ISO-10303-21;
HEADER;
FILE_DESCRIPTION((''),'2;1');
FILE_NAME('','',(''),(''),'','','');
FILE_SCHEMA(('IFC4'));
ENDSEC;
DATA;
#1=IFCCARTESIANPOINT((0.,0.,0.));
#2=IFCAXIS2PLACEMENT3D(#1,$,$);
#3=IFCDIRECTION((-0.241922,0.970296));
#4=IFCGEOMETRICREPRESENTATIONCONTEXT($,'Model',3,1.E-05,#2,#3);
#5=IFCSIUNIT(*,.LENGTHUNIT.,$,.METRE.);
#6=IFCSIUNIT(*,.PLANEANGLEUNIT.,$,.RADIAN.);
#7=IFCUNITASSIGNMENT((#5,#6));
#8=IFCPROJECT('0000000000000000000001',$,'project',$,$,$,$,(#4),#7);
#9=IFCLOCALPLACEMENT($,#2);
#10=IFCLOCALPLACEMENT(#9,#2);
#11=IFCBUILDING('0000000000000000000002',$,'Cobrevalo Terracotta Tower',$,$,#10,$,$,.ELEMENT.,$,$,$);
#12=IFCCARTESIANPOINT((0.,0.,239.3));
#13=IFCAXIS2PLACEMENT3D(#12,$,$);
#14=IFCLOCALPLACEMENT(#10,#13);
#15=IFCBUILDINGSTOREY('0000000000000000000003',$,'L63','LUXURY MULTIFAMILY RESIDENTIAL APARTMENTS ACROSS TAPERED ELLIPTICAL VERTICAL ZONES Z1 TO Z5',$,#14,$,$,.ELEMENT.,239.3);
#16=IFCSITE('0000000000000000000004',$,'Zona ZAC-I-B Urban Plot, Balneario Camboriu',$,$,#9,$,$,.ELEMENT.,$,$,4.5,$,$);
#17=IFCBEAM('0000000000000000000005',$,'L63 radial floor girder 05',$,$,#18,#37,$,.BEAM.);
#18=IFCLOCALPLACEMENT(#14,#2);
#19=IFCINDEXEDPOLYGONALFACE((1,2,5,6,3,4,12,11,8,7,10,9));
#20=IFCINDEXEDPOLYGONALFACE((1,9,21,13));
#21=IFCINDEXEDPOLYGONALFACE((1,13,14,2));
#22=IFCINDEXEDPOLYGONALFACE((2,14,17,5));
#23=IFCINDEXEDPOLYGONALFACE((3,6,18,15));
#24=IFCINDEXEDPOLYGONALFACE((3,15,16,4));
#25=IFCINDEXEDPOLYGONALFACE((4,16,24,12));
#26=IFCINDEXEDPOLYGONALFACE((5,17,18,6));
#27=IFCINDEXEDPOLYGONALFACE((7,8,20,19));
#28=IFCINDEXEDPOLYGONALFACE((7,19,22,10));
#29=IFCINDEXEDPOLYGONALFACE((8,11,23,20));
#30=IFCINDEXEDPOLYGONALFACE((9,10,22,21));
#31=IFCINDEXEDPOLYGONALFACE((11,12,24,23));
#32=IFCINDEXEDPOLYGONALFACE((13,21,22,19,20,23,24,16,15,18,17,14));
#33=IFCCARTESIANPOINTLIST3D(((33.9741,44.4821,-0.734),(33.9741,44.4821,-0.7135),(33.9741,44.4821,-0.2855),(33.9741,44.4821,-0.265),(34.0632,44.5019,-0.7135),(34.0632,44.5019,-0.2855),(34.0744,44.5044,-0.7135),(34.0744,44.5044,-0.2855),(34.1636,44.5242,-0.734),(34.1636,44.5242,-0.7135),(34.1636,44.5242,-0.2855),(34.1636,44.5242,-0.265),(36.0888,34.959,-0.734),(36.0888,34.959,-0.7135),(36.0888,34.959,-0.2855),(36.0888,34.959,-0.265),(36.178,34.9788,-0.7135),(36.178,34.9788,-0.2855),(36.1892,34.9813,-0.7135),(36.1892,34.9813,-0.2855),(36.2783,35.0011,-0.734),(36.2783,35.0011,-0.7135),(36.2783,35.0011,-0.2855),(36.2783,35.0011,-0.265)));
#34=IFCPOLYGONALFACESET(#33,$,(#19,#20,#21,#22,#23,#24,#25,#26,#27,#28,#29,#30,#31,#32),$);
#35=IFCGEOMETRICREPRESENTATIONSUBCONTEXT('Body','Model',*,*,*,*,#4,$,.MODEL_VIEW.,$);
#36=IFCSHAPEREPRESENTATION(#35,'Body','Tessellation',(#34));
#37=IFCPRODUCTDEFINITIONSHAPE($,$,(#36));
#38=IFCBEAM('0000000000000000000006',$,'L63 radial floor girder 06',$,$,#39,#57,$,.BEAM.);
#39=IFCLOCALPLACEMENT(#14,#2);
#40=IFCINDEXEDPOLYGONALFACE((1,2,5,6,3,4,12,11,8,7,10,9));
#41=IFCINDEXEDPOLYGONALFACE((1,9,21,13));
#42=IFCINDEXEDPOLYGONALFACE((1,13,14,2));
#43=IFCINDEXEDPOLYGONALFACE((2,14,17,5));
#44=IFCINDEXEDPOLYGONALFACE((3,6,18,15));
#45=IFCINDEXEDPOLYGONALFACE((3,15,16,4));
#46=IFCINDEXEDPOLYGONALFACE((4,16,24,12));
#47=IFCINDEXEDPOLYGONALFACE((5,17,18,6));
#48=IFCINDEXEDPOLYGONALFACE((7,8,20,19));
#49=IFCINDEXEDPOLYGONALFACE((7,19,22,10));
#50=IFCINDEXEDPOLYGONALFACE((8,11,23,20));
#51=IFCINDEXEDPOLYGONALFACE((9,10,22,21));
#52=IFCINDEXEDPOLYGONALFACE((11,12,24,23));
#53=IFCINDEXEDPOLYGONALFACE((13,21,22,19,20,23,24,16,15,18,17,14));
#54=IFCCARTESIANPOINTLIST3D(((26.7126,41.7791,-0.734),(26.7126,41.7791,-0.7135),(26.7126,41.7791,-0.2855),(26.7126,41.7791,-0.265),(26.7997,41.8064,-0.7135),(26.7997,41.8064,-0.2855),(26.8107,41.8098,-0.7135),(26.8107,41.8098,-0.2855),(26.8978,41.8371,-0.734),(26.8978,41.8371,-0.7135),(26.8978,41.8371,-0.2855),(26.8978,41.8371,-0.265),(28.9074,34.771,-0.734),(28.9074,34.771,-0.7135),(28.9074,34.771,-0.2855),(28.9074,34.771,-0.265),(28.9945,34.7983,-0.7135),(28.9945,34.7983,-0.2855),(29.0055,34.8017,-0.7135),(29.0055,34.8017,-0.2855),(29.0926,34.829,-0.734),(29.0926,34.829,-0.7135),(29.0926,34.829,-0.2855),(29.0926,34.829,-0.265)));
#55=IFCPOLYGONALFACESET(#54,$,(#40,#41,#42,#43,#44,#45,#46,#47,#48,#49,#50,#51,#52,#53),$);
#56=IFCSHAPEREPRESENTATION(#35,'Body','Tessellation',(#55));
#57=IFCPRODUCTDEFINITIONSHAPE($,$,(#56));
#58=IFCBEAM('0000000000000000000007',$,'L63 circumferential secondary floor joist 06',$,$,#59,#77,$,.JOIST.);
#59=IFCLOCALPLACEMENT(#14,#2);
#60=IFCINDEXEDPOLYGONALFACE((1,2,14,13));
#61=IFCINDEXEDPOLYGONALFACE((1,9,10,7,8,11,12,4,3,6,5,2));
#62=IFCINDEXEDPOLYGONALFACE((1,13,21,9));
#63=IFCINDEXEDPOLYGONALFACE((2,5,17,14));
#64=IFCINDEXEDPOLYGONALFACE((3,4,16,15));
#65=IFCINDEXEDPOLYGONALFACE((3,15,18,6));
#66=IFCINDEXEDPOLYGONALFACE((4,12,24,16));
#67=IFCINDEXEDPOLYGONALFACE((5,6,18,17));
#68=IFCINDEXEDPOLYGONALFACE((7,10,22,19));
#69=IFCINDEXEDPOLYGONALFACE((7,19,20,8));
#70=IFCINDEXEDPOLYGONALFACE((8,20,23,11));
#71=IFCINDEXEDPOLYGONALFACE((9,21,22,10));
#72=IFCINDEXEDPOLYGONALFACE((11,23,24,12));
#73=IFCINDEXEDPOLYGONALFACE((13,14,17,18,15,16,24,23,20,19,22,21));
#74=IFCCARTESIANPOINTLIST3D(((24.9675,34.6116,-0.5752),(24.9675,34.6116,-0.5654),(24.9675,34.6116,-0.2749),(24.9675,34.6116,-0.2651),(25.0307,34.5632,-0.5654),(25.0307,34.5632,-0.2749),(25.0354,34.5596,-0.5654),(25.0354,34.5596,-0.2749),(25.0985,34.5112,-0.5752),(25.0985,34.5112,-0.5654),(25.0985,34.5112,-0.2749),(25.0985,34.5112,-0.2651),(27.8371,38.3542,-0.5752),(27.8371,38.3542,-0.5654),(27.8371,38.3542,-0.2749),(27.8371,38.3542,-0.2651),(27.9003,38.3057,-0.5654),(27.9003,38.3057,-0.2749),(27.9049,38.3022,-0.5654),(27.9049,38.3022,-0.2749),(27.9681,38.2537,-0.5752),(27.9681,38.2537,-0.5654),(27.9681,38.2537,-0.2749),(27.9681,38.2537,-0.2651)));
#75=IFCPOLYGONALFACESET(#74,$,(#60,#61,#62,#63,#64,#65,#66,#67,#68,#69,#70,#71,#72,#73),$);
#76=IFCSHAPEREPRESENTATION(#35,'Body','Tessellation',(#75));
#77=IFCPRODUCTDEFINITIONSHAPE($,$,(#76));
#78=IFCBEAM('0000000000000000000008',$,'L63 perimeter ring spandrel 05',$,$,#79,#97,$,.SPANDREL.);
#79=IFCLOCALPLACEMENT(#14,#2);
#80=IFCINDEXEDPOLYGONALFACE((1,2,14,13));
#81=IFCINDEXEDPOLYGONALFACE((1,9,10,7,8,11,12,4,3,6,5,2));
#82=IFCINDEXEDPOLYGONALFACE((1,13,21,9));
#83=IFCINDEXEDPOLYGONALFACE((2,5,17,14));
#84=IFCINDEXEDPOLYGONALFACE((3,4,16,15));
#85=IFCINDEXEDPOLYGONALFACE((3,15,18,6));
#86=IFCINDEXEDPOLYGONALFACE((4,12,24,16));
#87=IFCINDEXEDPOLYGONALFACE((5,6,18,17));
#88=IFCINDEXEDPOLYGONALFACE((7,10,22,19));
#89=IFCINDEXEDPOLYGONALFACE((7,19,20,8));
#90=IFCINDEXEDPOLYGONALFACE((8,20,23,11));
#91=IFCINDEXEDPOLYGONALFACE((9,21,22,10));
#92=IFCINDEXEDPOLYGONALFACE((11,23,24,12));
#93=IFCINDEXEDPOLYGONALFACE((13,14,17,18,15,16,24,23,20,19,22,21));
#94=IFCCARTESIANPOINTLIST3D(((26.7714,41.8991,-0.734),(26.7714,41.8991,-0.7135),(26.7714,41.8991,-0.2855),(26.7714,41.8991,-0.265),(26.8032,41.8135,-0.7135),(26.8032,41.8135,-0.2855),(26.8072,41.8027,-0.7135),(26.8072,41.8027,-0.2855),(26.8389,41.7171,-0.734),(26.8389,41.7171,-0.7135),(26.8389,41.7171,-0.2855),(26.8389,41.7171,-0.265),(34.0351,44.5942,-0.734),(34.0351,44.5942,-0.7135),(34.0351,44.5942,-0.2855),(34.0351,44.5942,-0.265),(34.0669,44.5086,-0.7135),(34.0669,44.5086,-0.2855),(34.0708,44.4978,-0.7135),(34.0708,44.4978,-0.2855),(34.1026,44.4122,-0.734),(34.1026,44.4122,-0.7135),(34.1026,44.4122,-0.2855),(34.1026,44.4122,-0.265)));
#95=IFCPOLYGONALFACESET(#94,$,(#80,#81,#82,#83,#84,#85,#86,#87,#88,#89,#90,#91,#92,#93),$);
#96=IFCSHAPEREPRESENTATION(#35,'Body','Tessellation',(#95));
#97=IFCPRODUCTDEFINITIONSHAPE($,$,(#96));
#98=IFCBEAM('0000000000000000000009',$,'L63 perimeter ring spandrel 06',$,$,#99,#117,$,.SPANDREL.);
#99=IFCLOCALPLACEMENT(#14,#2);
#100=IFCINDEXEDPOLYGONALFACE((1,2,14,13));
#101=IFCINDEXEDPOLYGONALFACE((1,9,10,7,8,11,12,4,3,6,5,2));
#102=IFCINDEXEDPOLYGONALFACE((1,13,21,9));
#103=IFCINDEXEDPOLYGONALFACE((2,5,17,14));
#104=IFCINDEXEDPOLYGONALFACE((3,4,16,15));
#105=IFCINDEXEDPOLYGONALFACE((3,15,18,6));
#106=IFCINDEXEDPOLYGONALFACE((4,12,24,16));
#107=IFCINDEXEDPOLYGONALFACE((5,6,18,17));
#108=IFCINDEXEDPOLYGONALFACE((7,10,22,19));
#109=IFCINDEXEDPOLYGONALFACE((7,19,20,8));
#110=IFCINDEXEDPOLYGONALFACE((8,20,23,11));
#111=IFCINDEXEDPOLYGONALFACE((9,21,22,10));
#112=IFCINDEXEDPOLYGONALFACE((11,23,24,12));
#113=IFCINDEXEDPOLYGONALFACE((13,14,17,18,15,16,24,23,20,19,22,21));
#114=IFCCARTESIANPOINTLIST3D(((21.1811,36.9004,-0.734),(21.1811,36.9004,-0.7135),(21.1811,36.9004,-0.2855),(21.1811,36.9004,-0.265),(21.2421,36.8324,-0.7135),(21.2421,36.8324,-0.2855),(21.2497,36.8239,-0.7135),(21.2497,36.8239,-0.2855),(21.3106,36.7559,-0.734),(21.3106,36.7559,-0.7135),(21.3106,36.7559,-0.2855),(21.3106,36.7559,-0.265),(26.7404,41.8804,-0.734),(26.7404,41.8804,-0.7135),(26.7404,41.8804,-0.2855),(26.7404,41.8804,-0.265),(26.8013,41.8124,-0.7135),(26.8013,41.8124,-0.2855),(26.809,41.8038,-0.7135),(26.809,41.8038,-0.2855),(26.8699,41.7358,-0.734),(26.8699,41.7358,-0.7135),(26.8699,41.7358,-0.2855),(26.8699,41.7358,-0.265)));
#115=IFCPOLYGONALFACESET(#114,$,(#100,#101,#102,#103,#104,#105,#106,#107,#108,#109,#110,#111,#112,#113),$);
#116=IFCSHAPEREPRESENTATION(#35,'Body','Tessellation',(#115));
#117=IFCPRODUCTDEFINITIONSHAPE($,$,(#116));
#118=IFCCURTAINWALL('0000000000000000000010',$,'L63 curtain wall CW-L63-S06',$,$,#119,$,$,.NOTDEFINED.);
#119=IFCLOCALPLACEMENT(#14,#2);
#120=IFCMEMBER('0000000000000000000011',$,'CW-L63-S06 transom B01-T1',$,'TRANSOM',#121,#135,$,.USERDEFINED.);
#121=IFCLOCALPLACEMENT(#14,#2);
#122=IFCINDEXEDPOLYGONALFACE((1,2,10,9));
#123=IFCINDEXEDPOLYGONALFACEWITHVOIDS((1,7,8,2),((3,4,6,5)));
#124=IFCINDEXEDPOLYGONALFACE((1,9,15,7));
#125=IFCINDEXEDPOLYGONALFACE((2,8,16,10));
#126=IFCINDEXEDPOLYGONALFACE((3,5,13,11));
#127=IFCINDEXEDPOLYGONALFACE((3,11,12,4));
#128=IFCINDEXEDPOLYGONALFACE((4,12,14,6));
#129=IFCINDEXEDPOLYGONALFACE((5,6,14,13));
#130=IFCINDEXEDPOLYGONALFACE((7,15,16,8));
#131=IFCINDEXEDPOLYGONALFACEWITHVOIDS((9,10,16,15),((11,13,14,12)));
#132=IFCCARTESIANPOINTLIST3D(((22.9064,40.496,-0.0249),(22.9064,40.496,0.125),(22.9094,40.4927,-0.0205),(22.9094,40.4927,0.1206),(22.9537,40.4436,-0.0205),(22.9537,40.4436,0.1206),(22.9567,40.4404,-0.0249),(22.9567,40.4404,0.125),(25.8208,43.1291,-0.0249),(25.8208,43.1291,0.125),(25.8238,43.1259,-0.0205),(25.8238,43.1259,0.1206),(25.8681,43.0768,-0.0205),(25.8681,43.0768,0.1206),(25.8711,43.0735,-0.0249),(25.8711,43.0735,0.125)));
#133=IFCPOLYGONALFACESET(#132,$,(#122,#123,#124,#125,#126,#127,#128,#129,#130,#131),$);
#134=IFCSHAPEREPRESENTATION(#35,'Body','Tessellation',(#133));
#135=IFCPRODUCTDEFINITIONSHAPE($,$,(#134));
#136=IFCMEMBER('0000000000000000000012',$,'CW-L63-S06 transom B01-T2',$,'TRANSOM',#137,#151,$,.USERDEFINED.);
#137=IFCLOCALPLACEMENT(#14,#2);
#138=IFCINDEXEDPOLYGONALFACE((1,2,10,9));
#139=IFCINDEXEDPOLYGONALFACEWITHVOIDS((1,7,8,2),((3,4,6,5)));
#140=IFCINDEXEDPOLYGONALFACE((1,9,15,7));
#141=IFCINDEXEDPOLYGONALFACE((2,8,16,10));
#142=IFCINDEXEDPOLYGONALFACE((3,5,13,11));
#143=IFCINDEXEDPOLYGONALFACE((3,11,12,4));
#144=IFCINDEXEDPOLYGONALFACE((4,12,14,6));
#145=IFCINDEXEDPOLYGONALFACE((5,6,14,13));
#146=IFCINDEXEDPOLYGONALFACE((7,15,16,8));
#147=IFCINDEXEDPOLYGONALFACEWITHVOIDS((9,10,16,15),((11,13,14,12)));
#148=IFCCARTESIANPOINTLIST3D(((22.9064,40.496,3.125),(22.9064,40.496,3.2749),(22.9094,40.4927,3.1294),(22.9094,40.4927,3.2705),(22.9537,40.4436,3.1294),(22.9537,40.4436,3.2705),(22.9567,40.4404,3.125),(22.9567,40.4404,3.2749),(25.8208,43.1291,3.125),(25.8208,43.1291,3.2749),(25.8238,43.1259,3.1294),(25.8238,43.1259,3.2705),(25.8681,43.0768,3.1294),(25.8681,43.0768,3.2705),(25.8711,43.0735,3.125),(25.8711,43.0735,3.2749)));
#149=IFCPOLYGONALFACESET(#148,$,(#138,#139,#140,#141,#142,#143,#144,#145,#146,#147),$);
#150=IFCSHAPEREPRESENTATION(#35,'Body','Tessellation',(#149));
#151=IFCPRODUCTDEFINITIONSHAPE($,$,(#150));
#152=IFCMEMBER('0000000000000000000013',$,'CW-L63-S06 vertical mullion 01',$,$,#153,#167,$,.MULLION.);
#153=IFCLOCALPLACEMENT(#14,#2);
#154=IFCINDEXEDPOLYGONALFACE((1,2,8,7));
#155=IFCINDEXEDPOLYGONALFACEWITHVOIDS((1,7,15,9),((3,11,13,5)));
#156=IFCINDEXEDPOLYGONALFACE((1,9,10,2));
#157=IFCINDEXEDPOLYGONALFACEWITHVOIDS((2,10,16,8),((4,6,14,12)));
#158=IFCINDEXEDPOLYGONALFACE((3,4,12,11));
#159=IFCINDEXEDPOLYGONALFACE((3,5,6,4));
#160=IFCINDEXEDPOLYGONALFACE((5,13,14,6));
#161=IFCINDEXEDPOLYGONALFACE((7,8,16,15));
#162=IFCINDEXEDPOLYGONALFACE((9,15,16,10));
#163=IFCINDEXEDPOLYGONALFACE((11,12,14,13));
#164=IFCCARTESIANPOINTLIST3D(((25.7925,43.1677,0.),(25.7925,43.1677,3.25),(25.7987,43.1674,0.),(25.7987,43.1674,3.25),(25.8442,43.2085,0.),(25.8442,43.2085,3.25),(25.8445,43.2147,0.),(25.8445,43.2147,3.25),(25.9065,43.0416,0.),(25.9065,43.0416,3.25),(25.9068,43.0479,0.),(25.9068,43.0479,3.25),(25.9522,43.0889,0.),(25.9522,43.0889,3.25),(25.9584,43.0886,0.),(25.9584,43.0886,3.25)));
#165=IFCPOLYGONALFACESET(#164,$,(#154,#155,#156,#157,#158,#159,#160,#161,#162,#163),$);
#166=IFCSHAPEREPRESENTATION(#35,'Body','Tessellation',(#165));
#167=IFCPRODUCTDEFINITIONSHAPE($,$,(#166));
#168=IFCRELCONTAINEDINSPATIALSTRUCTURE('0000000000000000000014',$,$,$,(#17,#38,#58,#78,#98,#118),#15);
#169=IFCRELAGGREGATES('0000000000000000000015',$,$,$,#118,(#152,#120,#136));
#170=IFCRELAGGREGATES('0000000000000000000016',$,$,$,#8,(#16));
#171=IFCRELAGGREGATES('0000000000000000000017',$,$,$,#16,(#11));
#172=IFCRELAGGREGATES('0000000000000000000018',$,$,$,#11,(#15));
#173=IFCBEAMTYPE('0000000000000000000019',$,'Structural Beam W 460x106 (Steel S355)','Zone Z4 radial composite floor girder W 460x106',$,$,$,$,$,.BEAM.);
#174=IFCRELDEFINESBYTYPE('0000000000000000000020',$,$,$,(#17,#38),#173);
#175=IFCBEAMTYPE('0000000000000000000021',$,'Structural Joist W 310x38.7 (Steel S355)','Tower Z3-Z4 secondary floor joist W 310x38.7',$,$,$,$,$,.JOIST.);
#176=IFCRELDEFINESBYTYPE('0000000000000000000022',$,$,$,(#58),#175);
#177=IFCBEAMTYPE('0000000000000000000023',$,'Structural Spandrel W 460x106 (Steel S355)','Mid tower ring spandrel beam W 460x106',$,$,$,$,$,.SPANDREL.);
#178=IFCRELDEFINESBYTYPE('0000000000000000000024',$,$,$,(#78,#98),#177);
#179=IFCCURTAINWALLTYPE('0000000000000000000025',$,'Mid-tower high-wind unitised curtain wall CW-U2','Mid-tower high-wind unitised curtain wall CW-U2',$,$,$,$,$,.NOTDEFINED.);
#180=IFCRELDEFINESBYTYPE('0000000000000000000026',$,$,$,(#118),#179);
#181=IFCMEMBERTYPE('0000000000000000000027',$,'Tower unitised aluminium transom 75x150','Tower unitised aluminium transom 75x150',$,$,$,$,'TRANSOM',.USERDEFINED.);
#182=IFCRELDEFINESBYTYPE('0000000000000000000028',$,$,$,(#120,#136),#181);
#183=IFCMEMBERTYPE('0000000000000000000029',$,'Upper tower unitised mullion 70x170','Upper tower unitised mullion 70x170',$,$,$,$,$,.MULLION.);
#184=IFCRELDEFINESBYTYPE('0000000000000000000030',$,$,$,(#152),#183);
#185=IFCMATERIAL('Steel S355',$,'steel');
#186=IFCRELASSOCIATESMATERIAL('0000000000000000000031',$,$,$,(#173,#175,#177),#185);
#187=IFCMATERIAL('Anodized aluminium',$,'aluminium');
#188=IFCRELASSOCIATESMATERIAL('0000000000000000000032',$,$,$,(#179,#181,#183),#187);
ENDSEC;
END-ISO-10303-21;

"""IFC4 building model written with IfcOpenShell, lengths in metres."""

from ifc_helpers import new_model, si_unit, direction, frame, origin, origin_2d, place, context, subcontext, project, spatial, hollow_rectangle, i_section, extrude, source, transform, mapped, material, material_profile, profile_set, type_object, element, aggregate, save


model = new_model("IFC4")

# Units and contexts
model_context = context("Model", 3, precision=1e-05, world=origin(), true_north=direction((-0.241922, 0.970296)))
body_context = subcontext(model_context, "Body", "Model", "MODEL_VIEW")
ifc_project = project(units=[si_unit("LENGTHUNIT", "METRE"), si_unit("PLANEANGLEUNIT", "RADIAN")], contexts=[model_context])

# Site, building, storey
site_placement = place(None, origin())
site = spatial("IfcSite", under=ifc_project, at=site_placement, Name="Zona ZAC-I-B Urban Plot, Balneario Camboriu", CompositionType="ELEMENT", RefElevation=4.5)
building_placement = place(site_placement, origin())
building = spatial("IfcBuilding", under=site, at=building_placement, Name="Cobrevalo Terracotta Tower", CompositionType="ELEMENT")
storey_placement = place(building_placement, frame((0.0, 0.0, 239.3)))
storey = spatial("IfcBuildingStorey", under=building, at=storey_placement, Name="L63", Description="LUXURY MULTIFAMILY RESIDENTIAL APARTMENTS ACROSS TAPERED ELLIPTICAL VERTICAL ZONES Z1 TO Z5", CompositionType="ELEMENT", Elevation=239.3)

# Shared definitions
ifc_material_1 = material(Name="Steel S355", Category="steel")

# Beams
ifc_material_profile_1 = material_profile(ifc_material_1, i_section(OverallWidth=0.1941, OverallDepth=0.469, WebThickness=0.0115, FlangeThickness=0.0205, at=origin_2d()), Name="W 460x106")
ifc_profile_set_1 = profile_set([ifc_material_profile_1], Name="Steel S355")
beam_type_1 = type_object("IfcBeamType", Name="Structural Beam W 460x106 (Steel S355)", Description="Zone Z4 radial composite floor girder W 460x106", PredefinedType="BEAM", material=ifc_profile_set_1)
beam_1_placement = place(storey_placement, frame((34.0688, 44.5032, -0.4995), z_axis=(0.216782, -0.97622, 0.0), x_axis=(0.97622, 0.216782, 0.0)))
element("IfcBeam", 1, at=beam_1_placement, inside=storey, type_object=beam_type_1, Name="L63 radial floor girder 05", PredefinedType="BEAM", context=body_context, shape_type="SweptSolid", body=[
    extrude(i_section(OverallWidth=0.1941, OverallDepth=0.469, WebThickness=0.0115, FlangeThickness=0.0205, at=origin_2d()), origin(), (0.0, 0.0, 1.0), 9.7551),
])
beam_2_placement = place(storey_placement, frame((26.8052, 41.8081, -0.4995), z_axis=(0.298871, -0.954293, 0.0), x_axis=(0.954293, 0.298871, 0.0)))
element("IfcBeam", 2, at=beam_2_placement, inside=storey, type_object=beam_type_1, Name="L63 radial floor girder 06", PredefinedType="BEAM", context=body_context, shape_type="SweptSolid", body=[
    extrude(i_section(OverallWidth=0.1941, OverallDepth=0.469, WebThickness=0.0115, FlangeThickness=0.0205, at=origin_2d()), origin(), (0.0, 0.0, 1.0), 7.3438),
])
ifc_material_profile_2 = material_profile(ifc_material_1, i_section(OverallWidth=0.165, OverallDepth=0.3101, WebThickness=0.0059, FlangeThickness=0.0098, at=origin_2d()), Name="W 310x38.7")
ifc_profile_set_2 = profile_set([ifc_material_profile_2], Name="Steel S355")
beam_type_2 = type_object("IfcBeamType", Name="Structural Joist W 310x38.7 (Steel S355)", Description="Tower Z3-Z4 secondary floor joist W 310x38.7", PredefinedType="JOIST", material=ifc_profile_set_2)
beam_3_placement = place(storey_placement, frame((27.9026, 38.304, -0.4202), z_axis=(-0.608464, -0.793581, 0.0), x_axis=(0.793581, -0.608464, 0.0)))
element("IfcBeam", 3, at=beam_3_placement, inside=storey, type_object=beam_type_2, Name="L63 circumferential secondary floor joist 06", PredefinedType="JOIST", context=body_context, shape_type="SweptSolid", body=[
    extrude(i_section(OverallWidth=0.165, OverallDepth=0.3101, WebThickness=0.0059, FlangeThickness=0.0098, at=origin_2d()), origin(), (0.0, 0.0, 1.0), 4.7161),
])
ifc_material_profile_3 = material_profile(ifc_material_1, i_section(OverallWidth=0.1941, OverallDepth=0.469, WebThickness=0.0115, FlangeThickness=0.0205, at=origin_2d()), Name="W 460x106")
ifc_profile_set_3 = profile_set([ifc_material_profile_3], Name="Steel S355")
beam_type_3 = type_object("IfcBeamType", Name="Structural Spandrel W 460x106 (Steel S355)", Description="Mid tower ring spandrel beam W 460x106", PredefinedType="SPANDREL", material=ifc_profile_set_3)
beam_4_placement = place(storey_placement, frame((34.0688, 44.5032, -0.4995), z_axis=(-0.937546, -0.347861, 0.0), x_axis=(0.347861, -0.937546, 0.0)))
element("IfcBeam", 4, at=beam_4_placement, inside=storey, type_object=beam_type_3, Name="L63 perimeter ring spandrel 05", PredefinedType="SPANDREL", context=body_context, shape_type="SweptSolid", body=[
    extrude(i_section(OverallWidth=0.1941, OverallDepth=0.469, WebThickness=0.0115, FlangeThickness=0.0205, at=origin_2d()), origin(), (0.0, 0.0, 1.0), 7.7476),
])
beam_5_placement = place(storey_placement, frame((26.8052, 41.8081, -0.4995), z_axis=(-0.744852, -0.66723, 0.0), x_axis=(0.66723, -0.744852, 0.0)))
element("IfcBeam", 5, at=beam_5_placement, inside=storey, type_object=beam_type_3, Name="L63 perimeter ring spandrel 06", PredefinedType="SPANDREL", context=body_context, shape_type="SweptSolid", body=[
    extrude(i_section(OverallWidth=0.1941, OverallDepth=0.469, WebThickness=0.0115, FlangeThickness=0.0205, at=origin_2d()), origin(), (0.0, 0.0, 1.0), 7.4636),
])

# Curtain wall, members
ifc_material_2 = material(Name="Anodized aluminium", Category="aluminium")
curtain_wall_type = type_object("IfcCurtainWallType", Name="Mid-tower high-wind unitised curtain wall CW-U2", Description="Mid-tower high-wind unitised curtain wall CW-U2", PredefinedType="NOTDEFINED", material=ifc_material_2)
curtain_wall_placement = place(storey_placement, origin())
curtain_wall = element("IfcCurtainWall", 6, at=curtain_wall_placement, inside=storey, type_object=curtain_wall_type, Name="L63 curtain wall CW-L63-S06", PredefinedType="NOTDEFINED")
ifc_material_profile_4 = material_profile(ifc_material_2, hollow_rectangle(XDim=0.075, YDim=0.1499, WallThickness=0.0044, at=origin_2d()), Name="CWT 75x150")
ifc_profile_set_4 = profile_set([ifc_material_profile_4], Name="Anodized aluminium")
member_type_1 = type_object("IfcMemberType", Name="Tower unitised aluminium transom 75x150", Description="Tower unitised aluminium transom 75x150", ElementType="TRANSOM", PredefinedType="USERDEFINED", material=ifc_profile_set_4)
shared_shape_1 = source(origin(), body_context, "Body", "SweptSolid", [
    extrude(hollow_rectangle(XDim=0.075, YDim=0.1499, WallThickness=0.0044, at=origin_2d()), origin(), (0.0, 0.0, 1.0), 3.9277),
])
member_1_placement = place(storey_placement, frame((25.8459, 43.1013, 0.05), z_axis=(-0.742004, -0.670396, 0.0), x_axis=(0.670396, -0.742004, 0.0)))
member_1 = element("IfcMember", 7, at=member_1_placement, type_object=member_type_1, Name="CW-L63-S06 transom B01-T1", ObjectType="TRANSOM", PredefinedType="USERDEFINED", context=body_context, shape_type="MappedRepresentation", body=[
    mapped(shared_shape_1, transform((0.0, 0.0, 0.0), scale=1.0)),
])
member_2_placement = place(storey_placement, frame((25.8459, 43.1013, 3.2), z_axis=(-0.742004, -0.670396, 0.0), x_axis=(0.670396, -0.742004, 0.0)))
member_2 = element("IfcMember", 8, at=member_2_placement, type_object=member_type_1, Name="CW-L63-S06 transom B01-T2", ObjectType="TRANSOM", PredefinedType="USERDEFINED", context=body_context, shape_type="MappedRepresentation", body=[
    mapped(shared_shape_1, transform((0.0, 0.0, 0.0), scale=1.0)),
])
ifc_material_profile_5 = material_profile(ifc_material_2, hollow_rectangle(XDim=0.0701, YDim=0.1699, WallThickness=0.0044, at=origin_2d()), Name="CWM 70x170")
ifc_profile_set_5 = profile_set([ifc_material_profile_5], Name="Anodized aluminium")
member_type_2 = type_object("IfcMemberType", Name="Upper tower unitised mullion 70x170", Description="Upper tower unitised mullion 70x170", PredefinedType="MULLION", material=ifc_profile_set_5)
shared_shape_2 = source(origin(), body_context, "Body", "SweptSolid", [
    extrude(hollow_rectangle(XDim=0.0701, YDim=0.1699, WallThickness=0.0044, at=origin_2d()), origin(), (0.0, 0.0, 1.0), 3.25),
])
member_3_placement = place(storey_placement, frame((25.8755, 43.1282, 0.0), z_axis=(0.0, 0.0, 1.0), x_axis=(-0.741988, -0.670414, 0.0)))
member_3 = element("IfcMember", 9, at=member_3_placement, type_object=member_type_2, Name="CW-L63-S06 vertical mullion 01", PredefinedType="MULLION", context=body_context, shape_type="MappedRepresentation", body=[
    mapped(shared_shape_2, transform((0.0, 0.0, 0.0), scale=1.0)),
])
aggregate(curtain_wall, [member_3, member_1, member_2])

save(model, "model.ifc")
